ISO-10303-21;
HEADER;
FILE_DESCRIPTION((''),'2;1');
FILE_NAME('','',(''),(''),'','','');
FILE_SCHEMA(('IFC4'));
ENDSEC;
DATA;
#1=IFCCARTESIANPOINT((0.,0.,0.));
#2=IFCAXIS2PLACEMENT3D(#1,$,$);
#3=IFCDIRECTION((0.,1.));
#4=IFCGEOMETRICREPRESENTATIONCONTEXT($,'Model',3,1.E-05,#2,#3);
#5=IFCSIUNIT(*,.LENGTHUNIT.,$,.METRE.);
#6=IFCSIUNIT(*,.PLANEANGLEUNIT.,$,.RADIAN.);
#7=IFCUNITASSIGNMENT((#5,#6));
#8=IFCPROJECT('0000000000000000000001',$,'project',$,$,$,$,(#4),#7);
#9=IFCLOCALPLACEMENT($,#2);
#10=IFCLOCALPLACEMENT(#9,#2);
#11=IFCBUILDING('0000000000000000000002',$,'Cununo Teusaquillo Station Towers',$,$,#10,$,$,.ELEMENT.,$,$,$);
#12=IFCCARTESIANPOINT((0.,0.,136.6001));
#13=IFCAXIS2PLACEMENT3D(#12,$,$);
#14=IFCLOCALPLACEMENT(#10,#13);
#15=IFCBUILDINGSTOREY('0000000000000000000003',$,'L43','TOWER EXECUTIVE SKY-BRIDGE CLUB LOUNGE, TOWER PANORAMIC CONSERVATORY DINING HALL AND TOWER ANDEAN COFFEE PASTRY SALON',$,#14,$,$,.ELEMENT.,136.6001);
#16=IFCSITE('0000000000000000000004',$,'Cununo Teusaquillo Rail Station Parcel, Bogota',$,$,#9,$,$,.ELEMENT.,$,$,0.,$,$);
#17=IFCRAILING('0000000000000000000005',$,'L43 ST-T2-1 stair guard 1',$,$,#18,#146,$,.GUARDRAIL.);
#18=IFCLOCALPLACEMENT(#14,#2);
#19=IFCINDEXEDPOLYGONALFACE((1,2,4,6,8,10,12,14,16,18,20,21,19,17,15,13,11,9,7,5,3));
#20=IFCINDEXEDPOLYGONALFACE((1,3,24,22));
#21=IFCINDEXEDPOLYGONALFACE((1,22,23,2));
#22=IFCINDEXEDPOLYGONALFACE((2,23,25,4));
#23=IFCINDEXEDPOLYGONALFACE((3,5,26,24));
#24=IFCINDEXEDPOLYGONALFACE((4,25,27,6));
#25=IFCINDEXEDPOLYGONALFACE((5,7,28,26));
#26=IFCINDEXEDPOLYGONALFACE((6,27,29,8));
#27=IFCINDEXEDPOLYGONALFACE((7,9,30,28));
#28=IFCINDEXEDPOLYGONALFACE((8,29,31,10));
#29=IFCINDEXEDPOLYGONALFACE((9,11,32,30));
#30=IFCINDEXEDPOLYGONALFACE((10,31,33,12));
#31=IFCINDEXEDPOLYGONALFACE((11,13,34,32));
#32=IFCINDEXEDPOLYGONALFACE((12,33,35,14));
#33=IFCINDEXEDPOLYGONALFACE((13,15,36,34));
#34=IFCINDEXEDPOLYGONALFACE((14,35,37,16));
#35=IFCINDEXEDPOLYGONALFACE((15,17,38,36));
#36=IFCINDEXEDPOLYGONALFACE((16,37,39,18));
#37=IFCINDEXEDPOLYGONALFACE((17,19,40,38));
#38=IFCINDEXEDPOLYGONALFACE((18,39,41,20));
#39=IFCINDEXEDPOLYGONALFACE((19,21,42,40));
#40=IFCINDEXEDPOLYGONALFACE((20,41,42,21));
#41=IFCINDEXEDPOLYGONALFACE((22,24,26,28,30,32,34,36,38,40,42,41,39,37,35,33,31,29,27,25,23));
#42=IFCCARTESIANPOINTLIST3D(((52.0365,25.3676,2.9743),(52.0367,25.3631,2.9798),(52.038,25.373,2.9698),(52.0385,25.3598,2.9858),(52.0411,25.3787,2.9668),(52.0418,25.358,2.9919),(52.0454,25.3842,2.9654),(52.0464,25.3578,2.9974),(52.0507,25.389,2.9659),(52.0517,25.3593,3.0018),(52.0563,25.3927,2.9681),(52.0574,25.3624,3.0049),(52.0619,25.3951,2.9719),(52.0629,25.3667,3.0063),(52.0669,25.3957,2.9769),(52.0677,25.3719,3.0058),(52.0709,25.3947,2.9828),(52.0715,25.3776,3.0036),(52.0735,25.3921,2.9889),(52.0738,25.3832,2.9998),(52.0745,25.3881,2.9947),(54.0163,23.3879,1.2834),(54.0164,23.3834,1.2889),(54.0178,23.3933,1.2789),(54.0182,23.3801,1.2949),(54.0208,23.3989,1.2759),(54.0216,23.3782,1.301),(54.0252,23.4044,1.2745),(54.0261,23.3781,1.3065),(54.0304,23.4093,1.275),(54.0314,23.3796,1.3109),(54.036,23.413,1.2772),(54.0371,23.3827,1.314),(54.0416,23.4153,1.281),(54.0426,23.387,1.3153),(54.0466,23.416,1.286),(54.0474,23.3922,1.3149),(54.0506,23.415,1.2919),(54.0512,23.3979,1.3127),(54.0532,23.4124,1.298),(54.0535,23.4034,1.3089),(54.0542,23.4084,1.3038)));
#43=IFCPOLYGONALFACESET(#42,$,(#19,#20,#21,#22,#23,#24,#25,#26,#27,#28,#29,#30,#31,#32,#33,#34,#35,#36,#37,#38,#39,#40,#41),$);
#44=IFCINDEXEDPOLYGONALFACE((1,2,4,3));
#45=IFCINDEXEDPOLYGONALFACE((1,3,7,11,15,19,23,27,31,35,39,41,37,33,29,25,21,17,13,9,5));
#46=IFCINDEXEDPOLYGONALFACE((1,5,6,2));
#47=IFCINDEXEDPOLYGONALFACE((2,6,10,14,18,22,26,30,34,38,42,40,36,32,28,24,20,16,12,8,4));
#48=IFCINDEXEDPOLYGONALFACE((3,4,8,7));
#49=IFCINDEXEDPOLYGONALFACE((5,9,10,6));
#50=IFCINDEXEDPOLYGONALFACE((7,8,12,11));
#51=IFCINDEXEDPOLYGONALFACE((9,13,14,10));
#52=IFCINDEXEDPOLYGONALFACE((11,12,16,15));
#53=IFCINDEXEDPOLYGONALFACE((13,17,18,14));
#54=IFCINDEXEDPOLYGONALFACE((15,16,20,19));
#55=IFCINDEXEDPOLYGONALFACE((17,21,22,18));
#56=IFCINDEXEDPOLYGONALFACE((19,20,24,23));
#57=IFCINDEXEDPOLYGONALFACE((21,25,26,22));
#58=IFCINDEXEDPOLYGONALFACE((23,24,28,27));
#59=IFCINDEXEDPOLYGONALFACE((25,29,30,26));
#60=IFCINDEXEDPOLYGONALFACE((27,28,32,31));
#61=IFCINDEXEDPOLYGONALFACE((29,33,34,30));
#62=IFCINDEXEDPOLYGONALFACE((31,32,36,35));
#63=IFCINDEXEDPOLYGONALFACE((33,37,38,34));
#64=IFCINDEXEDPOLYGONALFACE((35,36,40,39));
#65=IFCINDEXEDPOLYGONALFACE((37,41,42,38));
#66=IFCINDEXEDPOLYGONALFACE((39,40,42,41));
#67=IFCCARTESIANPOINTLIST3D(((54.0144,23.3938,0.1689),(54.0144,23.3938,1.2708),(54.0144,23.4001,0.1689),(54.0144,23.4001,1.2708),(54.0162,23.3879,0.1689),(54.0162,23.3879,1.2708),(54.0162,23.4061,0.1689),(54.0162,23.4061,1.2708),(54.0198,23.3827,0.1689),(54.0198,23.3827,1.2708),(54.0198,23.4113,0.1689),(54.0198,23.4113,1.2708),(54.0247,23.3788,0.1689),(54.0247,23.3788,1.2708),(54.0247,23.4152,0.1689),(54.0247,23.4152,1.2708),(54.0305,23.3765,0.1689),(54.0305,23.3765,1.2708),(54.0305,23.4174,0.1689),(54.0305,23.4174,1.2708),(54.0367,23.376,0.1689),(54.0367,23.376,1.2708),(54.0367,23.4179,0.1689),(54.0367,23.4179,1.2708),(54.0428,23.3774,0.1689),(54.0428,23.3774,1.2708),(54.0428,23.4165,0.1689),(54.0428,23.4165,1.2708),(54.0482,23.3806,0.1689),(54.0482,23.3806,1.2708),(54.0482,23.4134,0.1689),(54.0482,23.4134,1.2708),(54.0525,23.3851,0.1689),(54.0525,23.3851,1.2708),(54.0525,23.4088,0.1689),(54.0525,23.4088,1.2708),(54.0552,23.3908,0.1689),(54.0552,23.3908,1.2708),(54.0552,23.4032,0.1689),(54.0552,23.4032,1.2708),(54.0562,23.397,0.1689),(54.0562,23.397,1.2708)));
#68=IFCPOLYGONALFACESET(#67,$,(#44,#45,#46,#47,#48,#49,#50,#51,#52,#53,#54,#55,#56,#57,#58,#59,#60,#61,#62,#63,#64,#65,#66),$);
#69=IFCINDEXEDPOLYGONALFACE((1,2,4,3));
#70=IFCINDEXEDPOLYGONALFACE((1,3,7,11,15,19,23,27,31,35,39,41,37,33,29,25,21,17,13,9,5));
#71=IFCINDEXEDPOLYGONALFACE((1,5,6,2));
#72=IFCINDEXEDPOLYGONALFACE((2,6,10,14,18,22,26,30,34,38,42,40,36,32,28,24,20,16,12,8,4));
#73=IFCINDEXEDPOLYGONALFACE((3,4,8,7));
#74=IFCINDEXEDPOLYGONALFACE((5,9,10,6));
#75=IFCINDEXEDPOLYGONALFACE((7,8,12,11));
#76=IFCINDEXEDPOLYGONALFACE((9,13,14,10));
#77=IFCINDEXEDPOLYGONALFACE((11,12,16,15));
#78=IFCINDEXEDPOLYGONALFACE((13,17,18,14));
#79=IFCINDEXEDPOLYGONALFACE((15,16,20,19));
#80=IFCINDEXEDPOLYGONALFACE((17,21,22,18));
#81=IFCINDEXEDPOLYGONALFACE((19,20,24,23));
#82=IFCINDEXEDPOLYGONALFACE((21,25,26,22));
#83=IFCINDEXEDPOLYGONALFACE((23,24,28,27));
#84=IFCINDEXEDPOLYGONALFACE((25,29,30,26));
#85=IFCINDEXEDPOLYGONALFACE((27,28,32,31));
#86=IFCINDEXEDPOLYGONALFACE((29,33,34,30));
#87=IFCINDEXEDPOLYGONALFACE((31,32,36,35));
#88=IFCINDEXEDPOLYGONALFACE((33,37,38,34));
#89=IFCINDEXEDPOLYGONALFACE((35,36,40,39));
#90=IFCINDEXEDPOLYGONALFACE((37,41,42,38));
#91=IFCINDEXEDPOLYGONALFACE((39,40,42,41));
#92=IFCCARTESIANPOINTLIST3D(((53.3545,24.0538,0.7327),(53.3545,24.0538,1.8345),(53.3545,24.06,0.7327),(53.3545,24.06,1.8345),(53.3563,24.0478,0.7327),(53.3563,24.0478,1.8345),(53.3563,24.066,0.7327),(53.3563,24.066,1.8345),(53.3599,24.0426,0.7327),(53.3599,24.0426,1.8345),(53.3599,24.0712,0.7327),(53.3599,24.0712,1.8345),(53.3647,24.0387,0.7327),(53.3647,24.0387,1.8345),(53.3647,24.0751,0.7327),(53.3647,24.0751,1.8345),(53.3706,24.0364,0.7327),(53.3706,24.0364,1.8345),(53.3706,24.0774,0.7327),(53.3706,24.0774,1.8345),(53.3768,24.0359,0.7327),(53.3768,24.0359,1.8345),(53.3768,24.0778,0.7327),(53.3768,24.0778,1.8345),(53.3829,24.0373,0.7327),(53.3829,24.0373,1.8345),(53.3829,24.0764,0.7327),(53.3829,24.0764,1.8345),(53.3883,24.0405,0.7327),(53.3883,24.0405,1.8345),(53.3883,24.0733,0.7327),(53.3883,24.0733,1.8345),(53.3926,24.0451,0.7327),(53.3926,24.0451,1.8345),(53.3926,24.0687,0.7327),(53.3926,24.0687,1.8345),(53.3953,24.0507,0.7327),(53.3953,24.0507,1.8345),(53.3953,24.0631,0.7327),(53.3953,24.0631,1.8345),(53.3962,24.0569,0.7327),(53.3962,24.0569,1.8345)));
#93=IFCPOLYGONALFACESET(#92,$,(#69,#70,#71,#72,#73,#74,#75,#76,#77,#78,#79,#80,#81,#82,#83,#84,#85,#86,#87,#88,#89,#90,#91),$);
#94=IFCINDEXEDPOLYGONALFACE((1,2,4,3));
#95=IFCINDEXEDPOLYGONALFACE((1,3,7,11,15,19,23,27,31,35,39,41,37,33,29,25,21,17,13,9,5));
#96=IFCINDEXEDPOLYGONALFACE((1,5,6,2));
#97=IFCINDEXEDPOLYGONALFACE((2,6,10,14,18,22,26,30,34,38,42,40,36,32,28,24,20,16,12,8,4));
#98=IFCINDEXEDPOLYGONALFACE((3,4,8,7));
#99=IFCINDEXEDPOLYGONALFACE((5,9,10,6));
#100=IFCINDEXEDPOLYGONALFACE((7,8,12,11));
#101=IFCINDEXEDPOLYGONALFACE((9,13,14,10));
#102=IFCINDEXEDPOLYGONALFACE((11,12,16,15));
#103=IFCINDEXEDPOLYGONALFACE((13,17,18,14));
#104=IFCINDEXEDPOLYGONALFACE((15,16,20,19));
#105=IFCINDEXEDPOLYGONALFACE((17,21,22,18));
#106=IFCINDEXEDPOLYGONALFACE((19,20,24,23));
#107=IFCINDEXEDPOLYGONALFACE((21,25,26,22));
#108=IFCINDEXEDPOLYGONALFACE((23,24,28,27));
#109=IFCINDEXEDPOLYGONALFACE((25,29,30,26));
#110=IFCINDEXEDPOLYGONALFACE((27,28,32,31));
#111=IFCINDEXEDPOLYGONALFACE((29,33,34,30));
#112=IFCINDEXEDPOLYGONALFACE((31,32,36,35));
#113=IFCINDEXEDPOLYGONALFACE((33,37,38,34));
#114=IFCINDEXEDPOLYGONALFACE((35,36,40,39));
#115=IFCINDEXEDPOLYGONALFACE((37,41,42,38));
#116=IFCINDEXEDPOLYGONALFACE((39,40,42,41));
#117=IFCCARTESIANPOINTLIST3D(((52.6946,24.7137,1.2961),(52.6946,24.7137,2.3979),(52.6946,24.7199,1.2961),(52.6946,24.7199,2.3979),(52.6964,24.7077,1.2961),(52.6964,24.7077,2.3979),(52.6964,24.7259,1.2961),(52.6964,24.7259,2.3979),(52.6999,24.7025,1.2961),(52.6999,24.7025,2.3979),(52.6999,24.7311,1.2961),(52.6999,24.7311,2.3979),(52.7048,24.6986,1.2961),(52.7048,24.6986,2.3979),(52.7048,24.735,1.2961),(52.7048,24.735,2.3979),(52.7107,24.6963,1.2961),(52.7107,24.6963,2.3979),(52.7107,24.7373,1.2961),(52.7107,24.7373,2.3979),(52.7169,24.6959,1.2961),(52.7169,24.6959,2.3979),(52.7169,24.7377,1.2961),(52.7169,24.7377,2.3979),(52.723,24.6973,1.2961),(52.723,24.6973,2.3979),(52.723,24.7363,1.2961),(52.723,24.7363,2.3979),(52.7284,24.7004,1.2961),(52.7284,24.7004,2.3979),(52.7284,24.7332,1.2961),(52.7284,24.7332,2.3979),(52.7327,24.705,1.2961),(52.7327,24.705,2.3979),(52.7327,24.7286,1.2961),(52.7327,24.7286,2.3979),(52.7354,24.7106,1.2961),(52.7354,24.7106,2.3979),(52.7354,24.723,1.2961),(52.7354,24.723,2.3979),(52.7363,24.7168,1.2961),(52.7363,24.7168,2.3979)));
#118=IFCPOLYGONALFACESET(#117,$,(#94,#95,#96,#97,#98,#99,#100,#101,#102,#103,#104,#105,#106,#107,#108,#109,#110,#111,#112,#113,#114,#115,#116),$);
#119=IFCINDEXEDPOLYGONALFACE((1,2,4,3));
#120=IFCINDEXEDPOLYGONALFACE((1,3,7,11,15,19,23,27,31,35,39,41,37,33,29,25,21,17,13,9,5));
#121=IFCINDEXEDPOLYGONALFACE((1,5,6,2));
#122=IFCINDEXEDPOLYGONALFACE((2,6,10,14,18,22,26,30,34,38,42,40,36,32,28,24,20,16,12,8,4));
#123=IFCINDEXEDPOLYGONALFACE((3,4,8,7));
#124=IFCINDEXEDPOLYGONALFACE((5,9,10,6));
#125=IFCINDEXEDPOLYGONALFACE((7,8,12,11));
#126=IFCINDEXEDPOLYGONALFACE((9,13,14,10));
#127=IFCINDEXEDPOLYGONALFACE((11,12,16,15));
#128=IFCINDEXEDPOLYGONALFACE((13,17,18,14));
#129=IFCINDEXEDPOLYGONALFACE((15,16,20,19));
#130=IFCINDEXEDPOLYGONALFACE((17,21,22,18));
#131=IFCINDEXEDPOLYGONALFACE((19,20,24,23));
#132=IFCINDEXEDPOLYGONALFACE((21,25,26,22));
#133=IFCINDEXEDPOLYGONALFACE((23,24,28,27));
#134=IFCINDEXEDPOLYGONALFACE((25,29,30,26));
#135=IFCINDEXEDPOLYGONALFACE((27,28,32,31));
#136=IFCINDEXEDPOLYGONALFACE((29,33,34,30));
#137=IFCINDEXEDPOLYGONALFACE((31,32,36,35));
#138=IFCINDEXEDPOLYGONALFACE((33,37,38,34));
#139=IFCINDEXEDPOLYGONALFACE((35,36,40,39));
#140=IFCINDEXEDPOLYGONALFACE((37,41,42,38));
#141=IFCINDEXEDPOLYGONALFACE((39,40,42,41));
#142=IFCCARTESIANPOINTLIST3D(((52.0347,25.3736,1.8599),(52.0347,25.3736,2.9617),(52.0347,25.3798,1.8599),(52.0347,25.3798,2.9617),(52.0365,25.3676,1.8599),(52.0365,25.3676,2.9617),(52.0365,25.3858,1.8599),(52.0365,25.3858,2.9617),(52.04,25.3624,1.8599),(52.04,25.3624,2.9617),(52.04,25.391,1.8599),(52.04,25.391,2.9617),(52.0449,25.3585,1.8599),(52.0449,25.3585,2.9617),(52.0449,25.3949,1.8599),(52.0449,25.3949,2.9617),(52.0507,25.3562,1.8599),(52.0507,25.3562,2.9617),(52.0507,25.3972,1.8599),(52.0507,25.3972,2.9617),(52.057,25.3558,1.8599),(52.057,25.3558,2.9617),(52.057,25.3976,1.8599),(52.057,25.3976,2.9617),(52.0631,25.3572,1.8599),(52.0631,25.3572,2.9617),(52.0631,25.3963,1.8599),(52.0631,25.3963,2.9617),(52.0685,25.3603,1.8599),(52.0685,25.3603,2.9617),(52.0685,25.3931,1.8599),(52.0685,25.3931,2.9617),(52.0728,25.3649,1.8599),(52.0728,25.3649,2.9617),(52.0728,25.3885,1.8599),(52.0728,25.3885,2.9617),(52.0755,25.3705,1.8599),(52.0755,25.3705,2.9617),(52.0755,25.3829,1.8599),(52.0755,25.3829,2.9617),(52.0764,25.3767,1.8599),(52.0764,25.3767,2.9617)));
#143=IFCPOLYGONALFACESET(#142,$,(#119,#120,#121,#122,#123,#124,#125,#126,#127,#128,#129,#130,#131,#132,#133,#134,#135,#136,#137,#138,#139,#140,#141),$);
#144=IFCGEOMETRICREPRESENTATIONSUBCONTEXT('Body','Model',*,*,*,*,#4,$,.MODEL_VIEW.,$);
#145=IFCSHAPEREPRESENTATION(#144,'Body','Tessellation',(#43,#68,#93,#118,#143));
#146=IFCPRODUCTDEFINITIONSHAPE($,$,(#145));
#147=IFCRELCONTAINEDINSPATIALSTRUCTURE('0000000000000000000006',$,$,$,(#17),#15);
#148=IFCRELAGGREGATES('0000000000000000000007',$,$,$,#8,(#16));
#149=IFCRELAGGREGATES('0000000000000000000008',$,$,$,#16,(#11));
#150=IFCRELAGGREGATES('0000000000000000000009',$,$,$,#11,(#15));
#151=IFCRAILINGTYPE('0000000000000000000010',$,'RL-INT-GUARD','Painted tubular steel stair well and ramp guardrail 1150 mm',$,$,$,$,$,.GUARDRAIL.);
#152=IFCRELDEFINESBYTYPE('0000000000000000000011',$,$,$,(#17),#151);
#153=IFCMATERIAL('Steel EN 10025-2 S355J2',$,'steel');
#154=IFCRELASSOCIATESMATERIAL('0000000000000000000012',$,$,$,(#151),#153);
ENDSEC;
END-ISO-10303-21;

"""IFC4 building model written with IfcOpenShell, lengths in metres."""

from ifc_helpers import new_model, si_unit, direction, frame, origin, origin_2d, place, context, subcontext, project, spatial, circle, extrude, material, type_object, element, save


model = new_model("IFC4")

# Units and contexts
model_context = context("Model", 3, precision=1e-05, world=origin(), true_north=direction((0.0, 1.0)))
body_context = subcontext(model_context, "Body", "Model", "MODEL_VIEW")
ifc_project = project(units=[si_unit("LENGTHUNIT", "METRE"), si_unit("PLANEANGLEUNIT", "RADIAN")], contexts=[model_context])

# Site, building, storey
site_placement = place(None, origin())
site = spatial("IfcSite", under=ifc_project, at=site_placement, Name="Cununo Teusaquillo Rail Station Parcel, Bogota", CompositionType="ELEMENT", RefElevation=0.0)
building_placement = place(site_placement, origin())
building = spatial("IfcBuilding", under=site, at=building_placement, Name="Cununo Teusaquillo Station Towers", CompositionType="ELEMENT")
storey_placement = place(building_placement, frame((0.0, 0.0, 136.6001)))
storey = spatial("IfcBuildingStorey", under=building, at=storey_placement, Name="L43", Description="TOWER EXECUTIVE SKY-BRIDGE CLUB LOUNGE, TOWER PANORAMIC CONSERVATORY DINING HALL AND TOWER ANDEAN COFFEE PASTRY SALON", CompositionType="ELEMENT", Elevation=136.6001)

# Railing
ifc_material_1 = material(Name="Steel EN 10025-2 S355J2", Category="steel")
railing_type_1 = type_object("IfcRailingType", Name="RL-INT-GUARD", Description="Painted tubular steel stair well and ramp guardrail 1150 mm", PredefinedType="GUARDRAIL", material=ifc_material_1)
railing_1_placement = place(storey_placement, frame((54.0352, 23.397, 0.1689)))
element("IfcRailing", 1, at=railing_1_placement, inside=storey, type_object=railing_type_1, Name="L43 ST-T2-1 stair guard 1", PredefinedType="GUARDRAIL", context=body_context, shape_type="SweptSolid", body=[
    extrude(circle(Radius=0.0239, at=origin_2d()), frame((0.0, 0.0, 1.126), z_axis=(-0.605282, 0.605282, 0.516979), x_axis=(-0.707107, -0.707107, 0.0)), (0.0, 0.0, 1.0), 3.2708),
    extrude(circle(Radius=0.021, at=origin_2d()), origin(), (0.0, 0.0, 1.0), 1.1018),
    extrude(circle(Radius=0.021, at=origin_2d()), frame((-0.6599, 0.6599, 0.5637)), (0.0, 0.0, 1.0), 1.1018),
    extrude(circle(Radius=0.021, at=origin_2d()), frame((-1.3198, 1.3198, 1.1272)), (0.0, 0.0, 1.0), 1.1018),
    extrude(circle(Radius=0.021, at=origin_2d()), frame((-1.9797, 1.9797, 1.6909)), (0.0, 0.0, 1.0), 1.1018),
])

save(model, "model.ifc")
